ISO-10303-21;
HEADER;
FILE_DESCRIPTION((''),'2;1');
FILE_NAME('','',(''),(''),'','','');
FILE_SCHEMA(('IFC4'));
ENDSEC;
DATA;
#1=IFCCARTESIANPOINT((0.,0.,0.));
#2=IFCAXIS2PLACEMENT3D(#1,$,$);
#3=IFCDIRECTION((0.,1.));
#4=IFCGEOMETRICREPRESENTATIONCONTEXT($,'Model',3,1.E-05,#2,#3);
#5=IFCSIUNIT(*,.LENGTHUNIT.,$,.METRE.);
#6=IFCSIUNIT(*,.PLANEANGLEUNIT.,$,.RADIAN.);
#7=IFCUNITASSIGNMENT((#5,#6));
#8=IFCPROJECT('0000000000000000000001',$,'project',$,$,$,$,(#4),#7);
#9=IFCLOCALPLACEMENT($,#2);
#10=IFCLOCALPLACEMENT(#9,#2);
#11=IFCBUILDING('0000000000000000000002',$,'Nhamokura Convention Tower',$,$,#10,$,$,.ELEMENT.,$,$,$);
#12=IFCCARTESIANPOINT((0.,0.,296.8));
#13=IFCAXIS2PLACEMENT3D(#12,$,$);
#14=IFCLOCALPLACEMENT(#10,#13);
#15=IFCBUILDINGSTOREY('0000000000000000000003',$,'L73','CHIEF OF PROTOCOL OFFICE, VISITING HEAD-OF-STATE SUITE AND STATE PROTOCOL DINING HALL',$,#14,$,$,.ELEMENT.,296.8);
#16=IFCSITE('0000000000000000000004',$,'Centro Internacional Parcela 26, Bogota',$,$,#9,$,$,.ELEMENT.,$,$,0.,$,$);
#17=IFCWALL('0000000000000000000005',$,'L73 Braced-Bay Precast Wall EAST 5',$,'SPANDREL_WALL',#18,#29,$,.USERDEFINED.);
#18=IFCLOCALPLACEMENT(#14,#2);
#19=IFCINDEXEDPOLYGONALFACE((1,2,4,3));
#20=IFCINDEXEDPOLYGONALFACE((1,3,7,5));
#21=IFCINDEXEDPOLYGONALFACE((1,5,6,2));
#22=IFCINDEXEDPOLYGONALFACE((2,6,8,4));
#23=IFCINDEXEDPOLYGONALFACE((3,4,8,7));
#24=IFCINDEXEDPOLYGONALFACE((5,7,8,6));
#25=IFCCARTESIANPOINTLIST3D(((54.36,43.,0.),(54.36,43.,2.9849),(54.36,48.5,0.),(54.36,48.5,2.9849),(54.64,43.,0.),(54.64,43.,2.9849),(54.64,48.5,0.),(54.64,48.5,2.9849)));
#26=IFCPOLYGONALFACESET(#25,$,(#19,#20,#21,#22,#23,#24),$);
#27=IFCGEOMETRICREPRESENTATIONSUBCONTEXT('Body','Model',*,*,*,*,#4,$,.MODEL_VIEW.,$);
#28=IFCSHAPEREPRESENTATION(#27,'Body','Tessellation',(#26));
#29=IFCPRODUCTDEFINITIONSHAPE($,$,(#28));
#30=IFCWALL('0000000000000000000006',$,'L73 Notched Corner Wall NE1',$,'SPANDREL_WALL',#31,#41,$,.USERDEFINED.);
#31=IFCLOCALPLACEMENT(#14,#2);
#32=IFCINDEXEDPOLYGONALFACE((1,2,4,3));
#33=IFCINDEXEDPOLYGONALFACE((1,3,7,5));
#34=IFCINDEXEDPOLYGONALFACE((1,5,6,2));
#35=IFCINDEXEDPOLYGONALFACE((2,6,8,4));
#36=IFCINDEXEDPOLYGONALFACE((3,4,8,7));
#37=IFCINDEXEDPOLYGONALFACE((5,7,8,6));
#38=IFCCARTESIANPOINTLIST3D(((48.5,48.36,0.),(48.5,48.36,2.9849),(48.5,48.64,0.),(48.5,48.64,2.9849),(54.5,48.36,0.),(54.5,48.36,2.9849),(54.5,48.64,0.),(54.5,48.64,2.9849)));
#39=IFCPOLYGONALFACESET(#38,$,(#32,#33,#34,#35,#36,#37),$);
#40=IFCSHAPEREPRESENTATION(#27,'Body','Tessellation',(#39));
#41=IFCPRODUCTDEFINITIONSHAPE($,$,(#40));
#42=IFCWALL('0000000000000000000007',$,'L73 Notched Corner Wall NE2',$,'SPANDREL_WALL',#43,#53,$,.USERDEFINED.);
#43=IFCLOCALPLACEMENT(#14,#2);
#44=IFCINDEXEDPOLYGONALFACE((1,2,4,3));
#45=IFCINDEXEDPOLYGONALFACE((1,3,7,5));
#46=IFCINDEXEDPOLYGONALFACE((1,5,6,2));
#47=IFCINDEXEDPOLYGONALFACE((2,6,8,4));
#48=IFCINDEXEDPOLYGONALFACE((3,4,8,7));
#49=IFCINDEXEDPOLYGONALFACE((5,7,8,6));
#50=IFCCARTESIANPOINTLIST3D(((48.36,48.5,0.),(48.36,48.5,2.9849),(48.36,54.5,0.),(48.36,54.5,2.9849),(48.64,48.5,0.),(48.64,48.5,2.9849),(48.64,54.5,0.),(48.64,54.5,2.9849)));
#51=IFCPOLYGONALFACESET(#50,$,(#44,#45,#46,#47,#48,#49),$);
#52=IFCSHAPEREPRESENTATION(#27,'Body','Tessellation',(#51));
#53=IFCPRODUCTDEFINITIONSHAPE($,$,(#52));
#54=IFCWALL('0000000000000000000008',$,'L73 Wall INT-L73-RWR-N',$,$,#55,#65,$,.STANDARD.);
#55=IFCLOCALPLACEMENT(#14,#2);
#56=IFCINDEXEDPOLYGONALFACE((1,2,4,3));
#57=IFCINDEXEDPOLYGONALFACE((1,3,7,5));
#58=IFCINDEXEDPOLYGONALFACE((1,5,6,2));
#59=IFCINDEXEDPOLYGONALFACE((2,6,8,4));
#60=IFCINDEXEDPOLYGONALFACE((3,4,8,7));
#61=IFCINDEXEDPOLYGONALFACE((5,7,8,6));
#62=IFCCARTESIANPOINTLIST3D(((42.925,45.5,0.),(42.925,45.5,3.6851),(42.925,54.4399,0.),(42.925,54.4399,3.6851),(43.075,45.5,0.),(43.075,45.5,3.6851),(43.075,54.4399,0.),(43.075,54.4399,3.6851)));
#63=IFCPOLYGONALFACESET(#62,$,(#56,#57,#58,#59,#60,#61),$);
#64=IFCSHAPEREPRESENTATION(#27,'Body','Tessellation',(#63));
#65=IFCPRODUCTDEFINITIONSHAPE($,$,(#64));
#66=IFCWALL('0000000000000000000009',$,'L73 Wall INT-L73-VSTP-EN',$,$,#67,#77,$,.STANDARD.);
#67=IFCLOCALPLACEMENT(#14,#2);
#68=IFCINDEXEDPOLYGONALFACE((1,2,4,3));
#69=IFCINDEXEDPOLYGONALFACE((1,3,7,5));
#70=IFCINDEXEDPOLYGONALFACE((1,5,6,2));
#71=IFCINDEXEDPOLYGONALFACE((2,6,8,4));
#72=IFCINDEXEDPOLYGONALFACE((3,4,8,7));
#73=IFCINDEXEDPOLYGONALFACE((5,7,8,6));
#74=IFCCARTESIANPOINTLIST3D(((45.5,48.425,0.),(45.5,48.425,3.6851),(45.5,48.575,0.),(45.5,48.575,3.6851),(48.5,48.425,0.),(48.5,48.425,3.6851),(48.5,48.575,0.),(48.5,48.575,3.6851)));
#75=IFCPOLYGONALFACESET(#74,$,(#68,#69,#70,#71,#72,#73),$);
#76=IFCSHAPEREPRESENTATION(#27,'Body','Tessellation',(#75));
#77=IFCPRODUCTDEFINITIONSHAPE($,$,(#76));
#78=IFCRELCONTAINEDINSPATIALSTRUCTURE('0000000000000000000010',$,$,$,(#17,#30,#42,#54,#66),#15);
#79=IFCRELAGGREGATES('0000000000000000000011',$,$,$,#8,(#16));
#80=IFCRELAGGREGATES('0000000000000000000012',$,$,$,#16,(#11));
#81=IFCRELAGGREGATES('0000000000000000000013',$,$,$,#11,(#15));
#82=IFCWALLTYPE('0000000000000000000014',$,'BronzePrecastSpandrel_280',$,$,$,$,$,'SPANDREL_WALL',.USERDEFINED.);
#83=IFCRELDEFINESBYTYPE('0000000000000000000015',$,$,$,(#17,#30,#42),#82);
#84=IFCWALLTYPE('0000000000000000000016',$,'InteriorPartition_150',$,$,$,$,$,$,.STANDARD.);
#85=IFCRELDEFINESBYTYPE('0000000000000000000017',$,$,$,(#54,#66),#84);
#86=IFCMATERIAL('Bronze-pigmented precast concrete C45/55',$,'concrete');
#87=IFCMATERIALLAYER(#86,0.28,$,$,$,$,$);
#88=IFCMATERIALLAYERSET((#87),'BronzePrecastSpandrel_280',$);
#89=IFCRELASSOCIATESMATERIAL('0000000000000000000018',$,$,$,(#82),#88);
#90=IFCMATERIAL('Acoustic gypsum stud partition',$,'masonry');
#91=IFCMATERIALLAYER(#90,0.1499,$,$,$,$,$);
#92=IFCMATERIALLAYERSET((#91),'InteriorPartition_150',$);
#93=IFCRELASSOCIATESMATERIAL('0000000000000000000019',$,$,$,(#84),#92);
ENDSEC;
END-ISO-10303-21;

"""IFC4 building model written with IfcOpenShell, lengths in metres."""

from ifc_helpers import new_model, si_unit, direction, frame, frame_2d, origin, place, context, subcontext, project, spatial, rectangle, extrude, material, layer, layer_set, type_object, element, save


model = new_model("IFC4")

# Units and contexts
model_context = context("Model", 3, precision=1e-05, world=origin(), true_north=direction((0.0, 1.0)))
body_context = subcontext(model_context, "Body", "Model", "MODEL_VIEW")
ifc_project = project(units=[si_unit("LENGTHUNIT", "METRE"), si_unit("PLANEANGLEUNIT", "RADIAN")], contexts=[model_context])

# Site, building, storey
site_placement = place(None, origin())
site = spatial("IfcSite", under=ifc_project, at=site_placement, Name="Centro Internacional Parcela 26, Bogota", CompositionType="ELEMENT", RefElevation=0.0)
building_placement = place(site_placement, origin())
building = spatial("IfcBuilding", under=site, at=building_placement, Name="Nhamokura Convention Tower", CompositionType="ELEMENT")
storey_placement = place(building_placement, frame((0.0, 0.0, 296.8)))
storey = spatial("IfcBuildingStorey", under=building, at=storey_placement, Name="L73", Description="CHIEF OF PROTOCOL OFFICE, VISITING HEAD-OF-STATE SUITE AND STATE PROTOCOL DINING HALL", CompositionType="ELEMENT", Elevation=296.8)

# Walls
ifc_material_1 = material(Name="Bronze-pigmented precast concrete C45/55", Category="concrete")
ifc_layer_1 = layer(ifc_material_1, 0.28)
ifc_layer_set_1 = layer_set([ifc_layer_1], Name="BronzePrecastSpandrel_280")
wall_type_1 = type_object("IfcWallType", Name="BronzePrecastSpandrel_280", ElementType="SPANDREL_WALL", PredefinedType="USERDEFINED", material=ifc_layer_set_1)
for number, where, z_axis, x_axis, name in (
    (1, (54.5, 48.5, 0.0), (0.0, 0.0, 1.0), (0.0, -1.0, 0.0), "L73 Braced-Bay Precast Wall EAST 5"),
):
    element("IfcWall", number, at=place(storey_placement, frame(where, z_axis=z_axis, x_axis=x_axis)), inside=storey, type_object=wall_type_1, Name=name, ObjectType="SPANDREL_WALL", PredefinedType="USERDEFINED", context=body_context, shape_type="SweptSolid", body=[
        extrude(rectangle(XDim=5.5, YDim=0.28, at=frame_2d((2.75, 0.0))), origin(), (0.0, 0.0, 1.0), 2.9849),
    ])
for number, where, z_axis, x_axis, name in (
    (2, (48.5, 48.5, 0.0), (0.0, 0.0, 1.0), (1.0, 0.0, 0.0), "L73 Notched Corner Wall NE1"),
    (3, (48.5, 54.5, 0.0), (0.0, 0.0, 1.0), (0.0, -1.0, 0.0), "L73 Notched Corner Wall NE2"),
):
    element("IfcWall", number, at=place(storey_placement, frame(where, z_axis=z_axis, x_axis=x_axis)), inside=storey, type_object=wall_type_1, Name=name, ObjectType="SPANDREL_WALL", PredefinedType="USERDEFINED", context=body_context, shape_type="SweptSolid", body=[
        extrude(rectangle(XDim=6.0, YDim=0.28, at=frame_2d((3.0, 0.0))), origin(), (0.0, 0.0, 1.0), 2.9849),
    ])
ifc_material_2 = material(Name="Acoustic gypsum stud partition", Category="masonry")
ifc_layer_2 = layer(ifc_material_2, 0.1499)
ifc_layer_set_2 = layer_set([ifc_layer_2], Name="InteriorPartition_150")
wall_type_2 = type_object("IfcWallType", Name="InteriorPartition_150", PredefinedType="STANDARD", material=ifc_layer_set_2)
wall_1_placement = place(storey_placement, frame((43.0, 45.5, 0.0), z_axis=(0.0, 0.0, 1.0), x_axis=(0.0, 1.0, 0.0)))
element("IfcWall", 4, at=wall_1_placement, inside=storey, type_object=wall_type_2, Name="L73 Wall INT-L73-RWR-N", PredefinedType="STANDARD", context=body_context, shape_type="SweptSolid", body=[
    extrude(rectangle(XDim=8.9399, YDim=0.1499, at=frame_2d((4.47, 0.0))), origin(), (0.0, 0.0, 1.0), 3.6851),
])
wall_2_placement = place(storey_placement, frame((45.5, 48.5, 0.0), z_axis=(0.0, 0.0, 1.0), x_axis=(1.0, 0.0, 0.0)))
element("IfcWall", 5, at=wall_2_placement, inside=storey, type_object=wall_type_2, Name="L73 Wall INT-L73-VSTP-EN", PredefinedType="STANDARD", context=body_context, shape_type="SweptSolid", body=[
    extrude(rectangle(XDim=3.0, YDim=0.1499, at=frame_2d((1.5, 0.0))), origin(), (0.0, 0.0, 1.0), 3.6851),
])

save(model, "model.ifc")
